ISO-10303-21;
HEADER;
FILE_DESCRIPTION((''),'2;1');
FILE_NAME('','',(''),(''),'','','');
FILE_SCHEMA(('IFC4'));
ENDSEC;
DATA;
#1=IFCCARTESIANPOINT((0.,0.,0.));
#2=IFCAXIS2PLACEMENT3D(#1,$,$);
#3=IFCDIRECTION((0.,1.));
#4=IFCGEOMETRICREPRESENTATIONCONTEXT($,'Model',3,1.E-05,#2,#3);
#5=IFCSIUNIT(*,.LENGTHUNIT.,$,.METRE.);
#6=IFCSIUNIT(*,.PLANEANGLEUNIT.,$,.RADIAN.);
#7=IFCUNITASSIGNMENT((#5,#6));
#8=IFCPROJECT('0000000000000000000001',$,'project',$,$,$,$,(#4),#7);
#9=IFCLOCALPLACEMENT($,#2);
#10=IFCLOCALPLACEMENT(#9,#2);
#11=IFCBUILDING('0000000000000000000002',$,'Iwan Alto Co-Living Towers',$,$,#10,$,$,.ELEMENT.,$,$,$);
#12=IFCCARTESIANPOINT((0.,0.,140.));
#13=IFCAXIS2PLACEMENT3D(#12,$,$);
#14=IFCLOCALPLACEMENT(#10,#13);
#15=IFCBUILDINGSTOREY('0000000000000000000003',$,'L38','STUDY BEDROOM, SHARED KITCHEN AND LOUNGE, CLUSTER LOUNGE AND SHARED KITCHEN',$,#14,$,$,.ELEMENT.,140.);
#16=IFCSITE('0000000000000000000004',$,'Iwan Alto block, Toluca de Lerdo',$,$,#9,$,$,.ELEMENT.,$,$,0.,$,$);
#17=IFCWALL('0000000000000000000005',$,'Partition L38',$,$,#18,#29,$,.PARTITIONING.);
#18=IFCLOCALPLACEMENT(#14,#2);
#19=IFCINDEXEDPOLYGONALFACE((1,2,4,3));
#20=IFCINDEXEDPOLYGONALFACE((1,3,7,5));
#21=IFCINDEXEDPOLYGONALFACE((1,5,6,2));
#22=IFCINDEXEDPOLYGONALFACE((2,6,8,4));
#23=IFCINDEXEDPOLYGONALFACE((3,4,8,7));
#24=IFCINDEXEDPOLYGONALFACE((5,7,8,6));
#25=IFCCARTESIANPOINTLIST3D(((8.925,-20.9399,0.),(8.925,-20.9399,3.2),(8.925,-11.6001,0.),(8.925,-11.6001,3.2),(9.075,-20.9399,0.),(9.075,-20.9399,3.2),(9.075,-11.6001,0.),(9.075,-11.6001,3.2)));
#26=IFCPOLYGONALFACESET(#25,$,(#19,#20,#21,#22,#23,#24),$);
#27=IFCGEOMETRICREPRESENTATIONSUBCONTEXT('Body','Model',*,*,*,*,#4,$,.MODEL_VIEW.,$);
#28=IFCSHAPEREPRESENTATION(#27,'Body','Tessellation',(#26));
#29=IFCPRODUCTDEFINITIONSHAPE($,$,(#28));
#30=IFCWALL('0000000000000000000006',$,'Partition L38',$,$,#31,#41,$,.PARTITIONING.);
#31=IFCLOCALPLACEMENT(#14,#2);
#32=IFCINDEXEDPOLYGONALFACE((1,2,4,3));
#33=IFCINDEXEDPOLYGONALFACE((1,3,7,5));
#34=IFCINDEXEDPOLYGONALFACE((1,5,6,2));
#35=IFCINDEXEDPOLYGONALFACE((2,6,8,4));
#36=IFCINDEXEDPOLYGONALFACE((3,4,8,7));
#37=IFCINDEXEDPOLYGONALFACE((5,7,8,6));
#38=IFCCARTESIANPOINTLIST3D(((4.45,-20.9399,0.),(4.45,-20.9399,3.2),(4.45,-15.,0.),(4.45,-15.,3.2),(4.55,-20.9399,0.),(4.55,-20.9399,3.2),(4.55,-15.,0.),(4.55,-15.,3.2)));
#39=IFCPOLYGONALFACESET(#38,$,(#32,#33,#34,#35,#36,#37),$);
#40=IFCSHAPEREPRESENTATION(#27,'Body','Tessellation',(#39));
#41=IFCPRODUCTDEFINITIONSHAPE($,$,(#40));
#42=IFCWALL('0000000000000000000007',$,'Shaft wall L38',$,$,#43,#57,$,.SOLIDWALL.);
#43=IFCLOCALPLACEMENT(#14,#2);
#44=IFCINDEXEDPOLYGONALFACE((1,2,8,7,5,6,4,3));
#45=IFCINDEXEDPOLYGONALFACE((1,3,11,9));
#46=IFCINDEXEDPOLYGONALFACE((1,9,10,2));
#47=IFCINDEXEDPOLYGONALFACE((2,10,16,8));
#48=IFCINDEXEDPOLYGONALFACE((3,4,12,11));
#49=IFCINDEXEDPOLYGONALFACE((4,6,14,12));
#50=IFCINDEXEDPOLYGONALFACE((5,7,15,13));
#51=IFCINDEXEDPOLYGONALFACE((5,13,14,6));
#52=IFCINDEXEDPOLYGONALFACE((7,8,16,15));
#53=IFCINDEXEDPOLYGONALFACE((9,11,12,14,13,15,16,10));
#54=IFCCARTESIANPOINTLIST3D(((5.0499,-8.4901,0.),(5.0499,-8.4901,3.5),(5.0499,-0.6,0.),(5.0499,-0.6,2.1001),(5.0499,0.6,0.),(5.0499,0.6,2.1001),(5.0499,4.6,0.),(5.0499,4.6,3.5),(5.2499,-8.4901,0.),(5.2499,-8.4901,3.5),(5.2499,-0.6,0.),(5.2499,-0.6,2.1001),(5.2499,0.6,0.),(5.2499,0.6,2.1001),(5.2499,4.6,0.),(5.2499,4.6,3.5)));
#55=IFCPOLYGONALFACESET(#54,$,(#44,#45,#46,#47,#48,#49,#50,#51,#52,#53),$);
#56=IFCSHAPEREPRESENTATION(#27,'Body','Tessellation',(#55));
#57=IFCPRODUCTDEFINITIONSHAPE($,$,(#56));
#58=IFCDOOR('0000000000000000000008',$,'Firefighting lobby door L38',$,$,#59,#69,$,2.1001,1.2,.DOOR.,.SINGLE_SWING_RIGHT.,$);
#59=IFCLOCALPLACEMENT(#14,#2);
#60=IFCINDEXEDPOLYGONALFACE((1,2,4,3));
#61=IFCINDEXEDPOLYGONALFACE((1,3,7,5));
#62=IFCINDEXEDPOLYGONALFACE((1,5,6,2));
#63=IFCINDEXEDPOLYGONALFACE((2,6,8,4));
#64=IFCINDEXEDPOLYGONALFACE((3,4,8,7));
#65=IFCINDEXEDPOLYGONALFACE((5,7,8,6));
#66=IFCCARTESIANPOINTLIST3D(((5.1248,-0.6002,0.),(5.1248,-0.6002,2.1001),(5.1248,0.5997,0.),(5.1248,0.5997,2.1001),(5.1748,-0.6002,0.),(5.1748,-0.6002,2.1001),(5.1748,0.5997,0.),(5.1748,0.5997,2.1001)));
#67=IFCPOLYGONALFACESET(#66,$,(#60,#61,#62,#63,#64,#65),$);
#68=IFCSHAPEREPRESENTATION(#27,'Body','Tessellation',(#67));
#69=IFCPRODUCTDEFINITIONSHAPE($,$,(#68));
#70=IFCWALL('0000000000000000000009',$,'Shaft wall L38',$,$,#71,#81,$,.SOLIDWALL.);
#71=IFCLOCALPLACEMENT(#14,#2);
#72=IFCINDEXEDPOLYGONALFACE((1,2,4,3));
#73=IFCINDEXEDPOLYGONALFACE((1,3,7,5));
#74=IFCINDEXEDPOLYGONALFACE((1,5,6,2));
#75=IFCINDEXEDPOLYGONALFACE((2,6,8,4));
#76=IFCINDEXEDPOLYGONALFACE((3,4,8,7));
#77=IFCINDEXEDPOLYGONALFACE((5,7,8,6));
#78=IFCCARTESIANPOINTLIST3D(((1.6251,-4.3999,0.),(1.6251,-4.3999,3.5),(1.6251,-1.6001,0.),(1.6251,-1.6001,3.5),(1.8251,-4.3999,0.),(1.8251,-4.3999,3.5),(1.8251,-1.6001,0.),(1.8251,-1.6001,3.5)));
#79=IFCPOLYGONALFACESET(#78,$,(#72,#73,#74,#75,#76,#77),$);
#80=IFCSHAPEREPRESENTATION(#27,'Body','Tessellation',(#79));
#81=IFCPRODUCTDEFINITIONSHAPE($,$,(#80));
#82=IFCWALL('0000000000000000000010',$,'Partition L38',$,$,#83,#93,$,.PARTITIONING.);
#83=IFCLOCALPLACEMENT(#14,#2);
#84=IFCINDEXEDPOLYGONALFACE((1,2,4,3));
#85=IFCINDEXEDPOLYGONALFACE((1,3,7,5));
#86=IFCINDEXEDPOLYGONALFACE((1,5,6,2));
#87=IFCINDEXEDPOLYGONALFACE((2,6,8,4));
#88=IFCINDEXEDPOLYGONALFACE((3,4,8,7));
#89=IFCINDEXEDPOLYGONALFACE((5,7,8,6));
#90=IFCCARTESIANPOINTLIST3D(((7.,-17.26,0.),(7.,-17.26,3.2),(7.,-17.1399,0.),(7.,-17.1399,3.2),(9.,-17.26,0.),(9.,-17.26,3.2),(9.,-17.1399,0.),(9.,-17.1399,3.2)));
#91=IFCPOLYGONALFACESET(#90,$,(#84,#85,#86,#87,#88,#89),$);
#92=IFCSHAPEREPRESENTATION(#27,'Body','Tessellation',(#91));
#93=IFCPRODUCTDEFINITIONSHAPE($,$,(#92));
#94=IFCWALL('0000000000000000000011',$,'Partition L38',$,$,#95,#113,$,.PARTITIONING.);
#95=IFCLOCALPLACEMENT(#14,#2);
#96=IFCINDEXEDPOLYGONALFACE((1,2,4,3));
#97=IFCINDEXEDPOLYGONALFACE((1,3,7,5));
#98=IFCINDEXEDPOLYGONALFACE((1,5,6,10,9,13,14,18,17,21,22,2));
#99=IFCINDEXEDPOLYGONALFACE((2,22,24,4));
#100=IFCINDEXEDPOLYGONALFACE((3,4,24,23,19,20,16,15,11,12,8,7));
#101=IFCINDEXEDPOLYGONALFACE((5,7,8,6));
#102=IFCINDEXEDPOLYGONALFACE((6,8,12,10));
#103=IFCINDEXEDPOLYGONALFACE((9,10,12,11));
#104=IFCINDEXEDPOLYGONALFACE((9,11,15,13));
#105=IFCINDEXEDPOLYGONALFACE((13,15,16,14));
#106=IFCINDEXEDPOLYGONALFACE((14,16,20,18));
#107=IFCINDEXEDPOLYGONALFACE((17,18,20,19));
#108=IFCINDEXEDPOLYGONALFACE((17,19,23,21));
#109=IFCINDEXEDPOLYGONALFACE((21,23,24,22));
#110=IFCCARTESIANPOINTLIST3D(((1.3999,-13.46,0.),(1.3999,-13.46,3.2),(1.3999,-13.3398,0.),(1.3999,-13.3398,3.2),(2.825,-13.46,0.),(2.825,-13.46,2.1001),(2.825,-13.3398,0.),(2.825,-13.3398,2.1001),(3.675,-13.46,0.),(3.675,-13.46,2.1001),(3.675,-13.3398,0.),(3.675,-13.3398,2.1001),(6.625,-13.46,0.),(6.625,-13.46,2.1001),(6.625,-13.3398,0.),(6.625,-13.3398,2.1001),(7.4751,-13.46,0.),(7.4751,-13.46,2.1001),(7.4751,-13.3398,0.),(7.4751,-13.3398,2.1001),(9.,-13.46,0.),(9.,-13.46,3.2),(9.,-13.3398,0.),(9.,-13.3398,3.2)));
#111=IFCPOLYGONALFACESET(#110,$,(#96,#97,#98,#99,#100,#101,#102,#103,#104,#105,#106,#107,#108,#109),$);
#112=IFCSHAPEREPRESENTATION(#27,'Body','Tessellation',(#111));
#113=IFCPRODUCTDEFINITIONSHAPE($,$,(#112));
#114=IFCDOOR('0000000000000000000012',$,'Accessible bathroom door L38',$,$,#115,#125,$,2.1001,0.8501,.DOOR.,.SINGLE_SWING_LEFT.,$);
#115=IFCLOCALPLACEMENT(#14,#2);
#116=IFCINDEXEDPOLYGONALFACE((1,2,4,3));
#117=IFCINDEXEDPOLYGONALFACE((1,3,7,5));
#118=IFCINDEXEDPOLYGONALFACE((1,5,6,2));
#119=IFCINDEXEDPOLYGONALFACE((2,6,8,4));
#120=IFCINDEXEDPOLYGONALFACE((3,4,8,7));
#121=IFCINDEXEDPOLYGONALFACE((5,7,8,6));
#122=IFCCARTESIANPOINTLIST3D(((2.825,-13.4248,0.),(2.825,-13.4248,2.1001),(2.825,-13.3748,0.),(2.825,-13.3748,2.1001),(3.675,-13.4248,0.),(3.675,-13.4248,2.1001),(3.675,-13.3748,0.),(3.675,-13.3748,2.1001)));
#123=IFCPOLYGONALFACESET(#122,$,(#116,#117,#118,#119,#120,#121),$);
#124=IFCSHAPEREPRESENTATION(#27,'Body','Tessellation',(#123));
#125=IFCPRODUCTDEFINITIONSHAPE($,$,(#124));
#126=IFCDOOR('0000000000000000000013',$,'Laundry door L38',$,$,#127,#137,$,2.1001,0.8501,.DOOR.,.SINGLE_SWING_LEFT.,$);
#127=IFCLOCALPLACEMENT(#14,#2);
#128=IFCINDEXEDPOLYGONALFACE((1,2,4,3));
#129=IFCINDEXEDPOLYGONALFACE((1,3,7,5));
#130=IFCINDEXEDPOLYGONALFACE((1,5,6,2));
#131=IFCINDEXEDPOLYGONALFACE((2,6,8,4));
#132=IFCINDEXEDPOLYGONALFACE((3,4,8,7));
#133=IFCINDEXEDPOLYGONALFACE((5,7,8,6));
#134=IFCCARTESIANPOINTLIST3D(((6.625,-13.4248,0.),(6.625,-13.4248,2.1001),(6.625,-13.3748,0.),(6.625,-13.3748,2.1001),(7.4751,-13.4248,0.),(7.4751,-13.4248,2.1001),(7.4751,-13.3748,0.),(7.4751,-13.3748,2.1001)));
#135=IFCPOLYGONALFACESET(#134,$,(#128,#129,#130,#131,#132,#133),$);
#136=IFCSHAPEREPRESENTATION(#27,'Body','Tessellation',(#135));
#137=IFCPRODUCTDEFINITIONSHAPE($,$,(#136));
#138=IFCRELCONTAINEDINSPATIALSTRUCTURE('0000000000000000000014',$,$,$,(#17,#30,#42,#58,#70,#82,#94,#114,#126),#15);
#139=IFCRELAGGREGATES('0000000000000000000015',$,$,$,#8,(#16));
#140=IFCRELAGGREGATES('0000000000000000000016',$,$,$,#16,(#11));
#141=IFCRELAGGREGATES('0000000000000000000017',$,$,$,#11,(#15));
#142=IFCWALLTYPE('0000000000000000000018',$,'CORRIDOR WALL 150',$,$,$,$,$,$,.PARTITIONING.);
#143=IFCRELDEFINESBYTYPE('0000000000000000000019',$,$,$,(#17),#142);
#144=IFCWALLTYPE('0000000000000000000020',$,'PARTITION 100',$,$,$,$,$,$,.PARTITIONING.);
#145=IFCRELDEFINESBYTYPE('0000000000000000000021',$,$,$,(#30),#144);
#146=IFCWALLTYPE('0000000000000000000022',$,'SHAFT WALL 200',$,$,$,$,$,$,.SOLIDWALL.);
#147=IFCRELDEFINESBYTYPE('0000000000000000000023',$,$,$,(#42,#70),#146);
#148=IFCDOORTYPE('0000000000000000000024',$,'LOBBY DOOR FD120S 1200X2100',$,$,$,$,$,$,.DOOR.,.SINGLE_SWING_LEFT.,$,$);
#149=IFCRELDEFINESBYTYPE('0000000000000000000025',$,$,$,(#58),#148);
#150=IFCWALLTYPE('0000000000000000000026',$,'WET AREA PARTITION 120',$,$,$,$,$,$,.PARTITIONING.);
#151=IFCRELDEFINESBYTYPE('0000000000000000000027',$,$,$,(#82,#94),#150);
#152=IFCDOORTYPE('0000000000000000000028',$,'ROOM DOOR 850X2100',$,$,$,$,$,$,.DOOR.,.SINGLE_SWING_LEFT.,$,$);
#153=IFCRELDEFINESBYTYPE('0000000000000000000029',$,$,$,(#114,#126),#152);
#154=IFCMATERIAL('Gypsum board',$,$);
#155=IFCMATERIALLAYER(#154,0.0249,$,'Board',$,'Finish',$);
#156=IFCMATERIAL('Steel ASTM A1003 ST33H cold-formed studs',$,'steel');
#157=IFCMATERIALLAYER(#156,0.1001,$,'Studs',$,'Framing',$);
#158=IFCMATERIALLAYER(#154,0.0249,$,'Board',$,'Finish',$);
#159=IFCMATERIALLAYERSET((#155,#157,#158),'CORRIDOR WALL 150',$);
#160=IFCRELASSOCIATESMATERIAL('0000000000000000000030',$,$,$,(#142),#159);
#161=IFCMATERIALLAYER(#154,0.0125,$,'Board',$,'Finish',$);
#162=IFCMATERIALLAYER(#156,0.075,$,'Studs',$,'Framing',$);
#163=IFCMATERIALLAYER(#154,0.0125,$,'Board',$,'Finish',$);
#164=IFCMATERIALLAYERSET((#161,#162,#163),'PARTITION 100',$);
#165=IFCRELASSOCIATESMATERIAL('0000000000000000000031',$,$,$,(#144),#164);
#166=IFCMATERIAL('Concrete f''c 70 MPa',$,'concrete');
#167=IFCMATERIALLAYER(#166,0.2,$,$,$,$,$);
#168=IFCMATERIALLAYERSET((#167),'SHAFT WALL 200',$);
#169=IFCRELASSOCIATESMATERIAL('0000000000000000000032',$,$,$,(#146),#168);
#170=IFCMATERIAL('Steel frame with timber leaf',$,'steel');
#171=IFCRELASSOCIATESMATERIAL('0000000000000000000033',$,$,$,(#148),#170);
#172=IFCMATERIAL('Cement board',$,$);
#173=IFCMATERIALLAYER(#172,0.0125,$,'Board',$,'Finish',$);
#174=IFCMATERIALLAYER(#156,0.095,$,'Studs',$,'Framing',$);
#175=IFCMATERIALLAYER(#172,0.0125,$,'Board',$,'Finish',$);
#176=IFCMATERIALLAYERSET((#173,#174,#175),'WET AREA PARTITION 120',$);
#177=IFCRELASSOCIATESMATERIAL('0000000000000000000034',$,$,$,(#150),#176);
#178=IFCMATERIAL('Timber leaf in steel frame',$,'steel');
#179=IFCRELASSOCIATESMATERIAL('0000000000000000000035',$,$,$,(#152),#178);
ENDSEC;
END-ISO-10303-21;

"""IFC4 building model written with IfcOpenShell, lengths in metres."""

from ifc_helpers import new_model, si_unit, direction, frame, frame_2d, origin, place, context, subcontext, project, spatial, rectangle, extrude, material, layer, layer_set, type_object, element, fill, save


model = new_model("IFC4")

# Units and contexts
model_context = context("Model", 3, precision=1e-05, world=origin(), true_north=direction((0.0, 1.0)))
body_context = subcontext(model_context, "Body", "Model", "MODEL_VIEW")
ifc_project = project(units=[si_unit("LENGTHUNIT", "METRE"), si_unit("PLANEANGLEUNIT", "RADIAN")], contexts=[model_context])

# Site, building, storey
site_placement = place(None, origin())
site = spatial("IfcSite", under=ifc_project, at=site_placement, Name="Iwan Alto block, Toluca de Lerdo", CompositionType="ELEMENT", RefElevation=0.0)
building_placement = place(site_placement, origin())
building = spatial("IfcBuilding", under=site, at=building_placement, Name="Iwan Alto Co-Living Towers", CompositionType="ELEMENT")
storey_placement = place(building_placement, frame((0.0, 0.0, 140.0)))
storey = spatial("IfcBuildingStorey", under=building, at=storey_placement, Name="L38", Description="STUDY BEDROOM, SHARED KITCHEN AND LOUNGE, CLUSTER LOUNGE AND SHARED KITCHEN", CompositionType="ELEMENT", Elevation=140.0)

# Walls
ifc_material_1 = material(Name="Gypsum board")
ifc_layer_1 = layer(ifc_material_1, 0.0249, Name="Board", Category="Finish")
ifc_material_2 = material(Name="Steel ASTM A1003 ST33H cold-formed studs", Category="steel")
ifc_layer_2 = layer(ifc_material_2, 0.1001, Name="Studs", Category="Framing")
ifc_layer_3 = layer(ifc_material_1, 0.0249, Name="Board", Category="Finish")
ifc_layer_set_1 = layer_set([ifc_layer_1, ifc_layer_2, ifc_layer_3], Name="CORRIDOR WALL 150")
wall_type_1 = type_object("IfcWallType", Name="CORRIDOR WALL 150", PredefinedType="PARTITIONING", material=ifc_layer_set_1)
wall_1_placement = place(storey_placement, frame((9.0, -20.9399, 0.0), z_axis=(0.0, 0.0, 1.0), x_axis=(0.0, 1.0, 0.0)))
element("IfcWall", 1, at=wall_1_placement, inside=storey, type_object=wall_type_1, Name="Partition L38", PredefinedType="PARTITIONING", context=body_context, shape_type="SweptSolid", body=[
    extrude(rectangle(XDim=9.3398, YDim=0.1499, at=frame_2d((4.6699, 0.0))), origin(), (0.0, 0.0, 1.0), 3.2),
])
ifc_layer_4 = layer(ifc_material_1, 0.0125, Name="Board", Category="Finish")
ifc_layer_5 = layer(ifc_material_2, 0.075, Name="Studs", Category="Framing")
ifc_layer_6 = layer(ifc_material_1, 0.0125, Name="Board", Category="Finish")
ifc_layer_set_2 = layer_set([ifc_layer_4, ifc_layer_5, ifc_layer_6], Name="PARTITION 100")
wall_type_2 = type_object("IfcWallType", Name="PARTITION 100", PredefinedType="PARTITIONING", material=ifc_layer_set_2)
wall_2_placement = place(storey_placement, frame((4.5, -20.9399, 0.0), z_axis=(0.0, 0.0, 1.0), x_axis=(0.0, 1.0, 0.0)))
element("IfcWall", 2, at=wall_2_placement, inside=storey, type_object=wall_type_2, Name="Partition L38", PredefinedType="PARTITIONING", context=body_context, shape_type="SweptSolid", body=[
    extrude(rectangle(XDim=5.9399, YDim=0.1001, at=frame_2d((2.97, 0.0))), origin(), (0.0, 0.0, 1.0), 3.2),
])

# Wall, opening, door
ifc_material_3 = material(Name="Concrete f'c 70 MPa", Category="concrete")
ifc_layer_7 = layer(ifc_material_3, 0.2)
ifc_layer_set_3 = layer_set([ifc_layer_7], Name="SHAFT WALL 200")
wall_type_3 = type_object("IfcWallType", Name="SHAFT WALL 200", PredefinedType="SOLIDWALL", material=ifc_layer_set_3)
wall_3_placement = place(storey_placement, frame((5.1499, -8.49, 0.0), z_axis=(0.0, 0.0, 1.0), x_axis=(0.0, 1.0, 0.0)))
wall_3 = element("IfcWall", 3, at=wall_3_placement, inside=storey, type_object=wall_type_3, Name="Shaft wall L38", PredefinedType="SOLIDWALL", context=body_context, shape_type="SweptSolid", body=[
    extrude(rectangle(XDim=13.0901, YDim=0.2, at=frame_2d((6.5449, 0.0))), origin(), (0.0, 0.0, 1.0), 3.5),
])
opening_1_placement = place(wall_3_placement, frame((7.8899, 0.0, 0.0)))
opening_1 = element("IfcOpeningElement", 4, at=opening_1_placement, cuts=wall_3, PredefinedType="OPENING", context=body_context, shape_type="SweptSolid", body=[
    extrude(rectangle(XDim=1.2, YDim=2.1001, at=frame_2d((0.6001, 1.05))), frame((0.0, 0.1099, 0.0), z_axis=(0.0, -1.0, 0.0), x_axis=(1.0, 0.0, 0.0)), (0.0, 0.0, 1.0), 0.22),
])
ifc_material_4 = material(Name="Steel frame with timber leaf", Category="steel")
door_type_1 = type_object("IfcDoorType", Name="LOBBY DOOR FD120S 1200X2100", OperationType="SINGLE_SWING_LEFT", PredefinedType="DOOR", material=ifc_material_4)
door_1_placement = place(opening_1_placement, frame((1.2, 0.0, 0.0), z_axis=(0.0, 0.0, 1.0), x_axis=(-1.0, 0.0, 0.0)))
door_1 = element("IfcDoor", 5, at=door_1_placement, inside=storey, type_object=door_type_1, Name="Firefighting lobby door L38", OperationType="SINGLE_SWING_RIGHT", OverallHeight=2.1001, OverallWidth=1.2, PredefinedType="DOOR", context=body_context, shape_type="SweptSolid", body=[
    extrude(rectangle(XDim=1.2, YDim=2.1001, at=frame_2d((0.6001, 1.05))), frame((0.0, 0.0249, 0.0), z_axis=(0.0, -1.0, 0.0), x_axis=(1.0, 0.0, 0.0)), (0.0, 0.0, 1.0), 0.05),
])
fill(opening_1, door_1)

# Walls
wall_4_placement = place(storey_placement, frame((1.7251, -4.3999, 0.0), z_axis=(0.0, 0.0, 1.0), x_axis=(0.0, 1.0, 0.0)))
element("IfcWall", 6, at=wall_4_placement, inside=storey, type_object=wall_type_3, Name="Shaft wall L38", PredefinedType="SOLIDWALL", context=body_context, shape_type="SweptSolid", body=[
    extrude(rectangle(XDim=2.7998, YDim=0.2, at=frame_2d((1.3999, 0.0))), origin(), (0.0, 0.0, 1.0), 3.5),
])
ifc_material_5 = material(Name="Cement board")
ifc_layer_8 = layer(ifc_material_5, 0.0125, Name="Board", Category="Finish")
ifc_layer_9 = layer(ifc_material_2, 0.095, Name="Studs", Category="Framing")
ifc_layer_10 = layer(ifc_material_5, 0.0125, Name="Board", Category="Finish")
ifc_layer_set_4 = layer_set([ifc_layer_8, ifc_layer_9, ifc_layer_10], Name="WET AREA PARTITION 120")
wall_type_4 = type_object("IfcWallType", Name="WET AREA PARTITION 120", PredefinedType="PARTITIONING", material=ifc_layer_set_4)
wall_5_placement = place(storey_placement, frame((7.0, -17.2, 0.0), z_axis=(0.0, 0.0, 1.0), x_axis=(1.0, 0.0, 0.0)))
element("IfcWall", 7, at=wall_5_placement, inside=storey, type_object=wall_type_4, Name="Partition L38", PredefinedType="PARTITIONING", context=body_context, shape_type="SweptSolid", body=[
    extrude(rectangle(XDim=2.0, YDim=0.1201, at=frame_2d((1.0, 0.0))), origin(), (0.0, 0.0, 1.0), 3.2),
])

# Wall, openings, doors
wall_6_placement = place(storey_placement, frame((1.3999, -13.3999, 0.0), z_axis=(0.0, 0.0, 1.0), x_axis=(1.0, 0.0, 0.0)))
wall_6 = element("IfcWall", 8, at=wall_6_placement, inside=storey, type_object=wall_type_4, Name="Partition L38", PredefinedType="PARTITIONING", context=body_context, shape_type="SweptSolid", body=[
    extrude(rectangle(XDim=7.6001, YDim=0.1201, at=frame_2d((3.8, 0.0))), origin(), (0.0, 0.0, 1.0), 3.2),
])
opening_2_placement = place(wall_6_placement, frame((1.425, 0.0, 0.0)))
opening_2 = element("IfcOpeningElement", 9, at=opening_2_placement, cuts=wall_6, PredefinedType="OPENING", context=body_context, shape_type="SweptSolid", body=[
    extrude(rectangle(XDim=0.8501, YDim=2.1001, at=frame_2d((0.425, 1.05))), frame((0.0, 0.0701, 0.0), z_axis=(0.0, -1.0, 0.0), x_axis=(1.0, 0.0, 0.0)), (0.0, 0.0, 1.0), 0.1401),
])
opening_3_placement = place(wall_6_placement, frame((5.2251, 0.0, 0.0)))
opening_3 = element("IfcOpeningElement", 10, at=opening_3_placement, cuts=wall_6, PredefinedType="OPENING", context=body_context, shape_type="SweptSolid", body=[
    extrude(rectangle(XDim=0.8501, YDim=2.1001, at=frame_2d((0.425, 1.05))), frame((0.0, 0.0701, 0.0), z_axis=(0.0, -1.0, 0.0), x_axis=(1.0, 0.0, 0.0)), (0.0, 0.0, 1.0), 0.1401),
])
ifc_material_6 = material(Name="Timber leaf in steel frame", Category="steel")
door_type_2 = type_object("IfcDoorType", Name="ROOM DOOR 850X2100", OperationType="SINGLE_SWING_LEFT", PredefinedType="DOOR", material=ifc_material_6)
door_2_placement = place(opening_2_placement, frame((0.8501, 0.0, 0.0), z_axis=(0.0, 0.0, 1.0), x_axis=(-1.0, 0.0, 0.0)))
door_2 = element("IfcDoor", 11, at=door_2_placement, inside=storey, type_object=door_type_2, Name="Accessible bathroom door L38", OperationType="SINGLE_SWING_LEFT", OverallHeight=2.1001, OverallWidth=0.8501, PredefinedType="DOOR", context=body_context, shape_type="SweptSolid", body=[
    extrude(rectangle(XDim=0.8501, YDim=2.1001, at=frame_2d((0.425, 1.05))), frame((0.0, 0.0249, 0.0), z_axis=(0.0, -1.0, 0.0), x_axis=(1.0, 0.0, 0.0)), (0.0, 0.0, 1.0), 0.05),
])
fill(opening_2, door_2)
door_3_placement = place(opening_3_placement, frame((0.8501, 0.0, 0.0), z_axis=(0.0, 0.0, 1.0), x_axis=(-1.0, 0.0, 0.0)))
door_3 = element("IfcDoor", 12, at=door_3_placement, inside=storey, type_object=door_type_2, Name="Laundry door L38", OperationType="SINGLE_SWING_LEFT", OverallHeight=2.1001, OverallWidth=0.8501, PredefinedType="DOOR", context=body_context, shape_type="SweptSolid", body=[
    extrude(rectangle(XDim=0.8501, YDim=2.1001, at=frame_2d((0.425, 1.05))), frame((0.0, 0.0249, 0.0), z_axis=(0.0, -1.0, 0.0), x_axis=(1.0, 0.0, 0.0)), (0.0, 0.0, 1.0), 0.05),
])
fill(opening_3, door_3)

save(model, "model.ifc")
